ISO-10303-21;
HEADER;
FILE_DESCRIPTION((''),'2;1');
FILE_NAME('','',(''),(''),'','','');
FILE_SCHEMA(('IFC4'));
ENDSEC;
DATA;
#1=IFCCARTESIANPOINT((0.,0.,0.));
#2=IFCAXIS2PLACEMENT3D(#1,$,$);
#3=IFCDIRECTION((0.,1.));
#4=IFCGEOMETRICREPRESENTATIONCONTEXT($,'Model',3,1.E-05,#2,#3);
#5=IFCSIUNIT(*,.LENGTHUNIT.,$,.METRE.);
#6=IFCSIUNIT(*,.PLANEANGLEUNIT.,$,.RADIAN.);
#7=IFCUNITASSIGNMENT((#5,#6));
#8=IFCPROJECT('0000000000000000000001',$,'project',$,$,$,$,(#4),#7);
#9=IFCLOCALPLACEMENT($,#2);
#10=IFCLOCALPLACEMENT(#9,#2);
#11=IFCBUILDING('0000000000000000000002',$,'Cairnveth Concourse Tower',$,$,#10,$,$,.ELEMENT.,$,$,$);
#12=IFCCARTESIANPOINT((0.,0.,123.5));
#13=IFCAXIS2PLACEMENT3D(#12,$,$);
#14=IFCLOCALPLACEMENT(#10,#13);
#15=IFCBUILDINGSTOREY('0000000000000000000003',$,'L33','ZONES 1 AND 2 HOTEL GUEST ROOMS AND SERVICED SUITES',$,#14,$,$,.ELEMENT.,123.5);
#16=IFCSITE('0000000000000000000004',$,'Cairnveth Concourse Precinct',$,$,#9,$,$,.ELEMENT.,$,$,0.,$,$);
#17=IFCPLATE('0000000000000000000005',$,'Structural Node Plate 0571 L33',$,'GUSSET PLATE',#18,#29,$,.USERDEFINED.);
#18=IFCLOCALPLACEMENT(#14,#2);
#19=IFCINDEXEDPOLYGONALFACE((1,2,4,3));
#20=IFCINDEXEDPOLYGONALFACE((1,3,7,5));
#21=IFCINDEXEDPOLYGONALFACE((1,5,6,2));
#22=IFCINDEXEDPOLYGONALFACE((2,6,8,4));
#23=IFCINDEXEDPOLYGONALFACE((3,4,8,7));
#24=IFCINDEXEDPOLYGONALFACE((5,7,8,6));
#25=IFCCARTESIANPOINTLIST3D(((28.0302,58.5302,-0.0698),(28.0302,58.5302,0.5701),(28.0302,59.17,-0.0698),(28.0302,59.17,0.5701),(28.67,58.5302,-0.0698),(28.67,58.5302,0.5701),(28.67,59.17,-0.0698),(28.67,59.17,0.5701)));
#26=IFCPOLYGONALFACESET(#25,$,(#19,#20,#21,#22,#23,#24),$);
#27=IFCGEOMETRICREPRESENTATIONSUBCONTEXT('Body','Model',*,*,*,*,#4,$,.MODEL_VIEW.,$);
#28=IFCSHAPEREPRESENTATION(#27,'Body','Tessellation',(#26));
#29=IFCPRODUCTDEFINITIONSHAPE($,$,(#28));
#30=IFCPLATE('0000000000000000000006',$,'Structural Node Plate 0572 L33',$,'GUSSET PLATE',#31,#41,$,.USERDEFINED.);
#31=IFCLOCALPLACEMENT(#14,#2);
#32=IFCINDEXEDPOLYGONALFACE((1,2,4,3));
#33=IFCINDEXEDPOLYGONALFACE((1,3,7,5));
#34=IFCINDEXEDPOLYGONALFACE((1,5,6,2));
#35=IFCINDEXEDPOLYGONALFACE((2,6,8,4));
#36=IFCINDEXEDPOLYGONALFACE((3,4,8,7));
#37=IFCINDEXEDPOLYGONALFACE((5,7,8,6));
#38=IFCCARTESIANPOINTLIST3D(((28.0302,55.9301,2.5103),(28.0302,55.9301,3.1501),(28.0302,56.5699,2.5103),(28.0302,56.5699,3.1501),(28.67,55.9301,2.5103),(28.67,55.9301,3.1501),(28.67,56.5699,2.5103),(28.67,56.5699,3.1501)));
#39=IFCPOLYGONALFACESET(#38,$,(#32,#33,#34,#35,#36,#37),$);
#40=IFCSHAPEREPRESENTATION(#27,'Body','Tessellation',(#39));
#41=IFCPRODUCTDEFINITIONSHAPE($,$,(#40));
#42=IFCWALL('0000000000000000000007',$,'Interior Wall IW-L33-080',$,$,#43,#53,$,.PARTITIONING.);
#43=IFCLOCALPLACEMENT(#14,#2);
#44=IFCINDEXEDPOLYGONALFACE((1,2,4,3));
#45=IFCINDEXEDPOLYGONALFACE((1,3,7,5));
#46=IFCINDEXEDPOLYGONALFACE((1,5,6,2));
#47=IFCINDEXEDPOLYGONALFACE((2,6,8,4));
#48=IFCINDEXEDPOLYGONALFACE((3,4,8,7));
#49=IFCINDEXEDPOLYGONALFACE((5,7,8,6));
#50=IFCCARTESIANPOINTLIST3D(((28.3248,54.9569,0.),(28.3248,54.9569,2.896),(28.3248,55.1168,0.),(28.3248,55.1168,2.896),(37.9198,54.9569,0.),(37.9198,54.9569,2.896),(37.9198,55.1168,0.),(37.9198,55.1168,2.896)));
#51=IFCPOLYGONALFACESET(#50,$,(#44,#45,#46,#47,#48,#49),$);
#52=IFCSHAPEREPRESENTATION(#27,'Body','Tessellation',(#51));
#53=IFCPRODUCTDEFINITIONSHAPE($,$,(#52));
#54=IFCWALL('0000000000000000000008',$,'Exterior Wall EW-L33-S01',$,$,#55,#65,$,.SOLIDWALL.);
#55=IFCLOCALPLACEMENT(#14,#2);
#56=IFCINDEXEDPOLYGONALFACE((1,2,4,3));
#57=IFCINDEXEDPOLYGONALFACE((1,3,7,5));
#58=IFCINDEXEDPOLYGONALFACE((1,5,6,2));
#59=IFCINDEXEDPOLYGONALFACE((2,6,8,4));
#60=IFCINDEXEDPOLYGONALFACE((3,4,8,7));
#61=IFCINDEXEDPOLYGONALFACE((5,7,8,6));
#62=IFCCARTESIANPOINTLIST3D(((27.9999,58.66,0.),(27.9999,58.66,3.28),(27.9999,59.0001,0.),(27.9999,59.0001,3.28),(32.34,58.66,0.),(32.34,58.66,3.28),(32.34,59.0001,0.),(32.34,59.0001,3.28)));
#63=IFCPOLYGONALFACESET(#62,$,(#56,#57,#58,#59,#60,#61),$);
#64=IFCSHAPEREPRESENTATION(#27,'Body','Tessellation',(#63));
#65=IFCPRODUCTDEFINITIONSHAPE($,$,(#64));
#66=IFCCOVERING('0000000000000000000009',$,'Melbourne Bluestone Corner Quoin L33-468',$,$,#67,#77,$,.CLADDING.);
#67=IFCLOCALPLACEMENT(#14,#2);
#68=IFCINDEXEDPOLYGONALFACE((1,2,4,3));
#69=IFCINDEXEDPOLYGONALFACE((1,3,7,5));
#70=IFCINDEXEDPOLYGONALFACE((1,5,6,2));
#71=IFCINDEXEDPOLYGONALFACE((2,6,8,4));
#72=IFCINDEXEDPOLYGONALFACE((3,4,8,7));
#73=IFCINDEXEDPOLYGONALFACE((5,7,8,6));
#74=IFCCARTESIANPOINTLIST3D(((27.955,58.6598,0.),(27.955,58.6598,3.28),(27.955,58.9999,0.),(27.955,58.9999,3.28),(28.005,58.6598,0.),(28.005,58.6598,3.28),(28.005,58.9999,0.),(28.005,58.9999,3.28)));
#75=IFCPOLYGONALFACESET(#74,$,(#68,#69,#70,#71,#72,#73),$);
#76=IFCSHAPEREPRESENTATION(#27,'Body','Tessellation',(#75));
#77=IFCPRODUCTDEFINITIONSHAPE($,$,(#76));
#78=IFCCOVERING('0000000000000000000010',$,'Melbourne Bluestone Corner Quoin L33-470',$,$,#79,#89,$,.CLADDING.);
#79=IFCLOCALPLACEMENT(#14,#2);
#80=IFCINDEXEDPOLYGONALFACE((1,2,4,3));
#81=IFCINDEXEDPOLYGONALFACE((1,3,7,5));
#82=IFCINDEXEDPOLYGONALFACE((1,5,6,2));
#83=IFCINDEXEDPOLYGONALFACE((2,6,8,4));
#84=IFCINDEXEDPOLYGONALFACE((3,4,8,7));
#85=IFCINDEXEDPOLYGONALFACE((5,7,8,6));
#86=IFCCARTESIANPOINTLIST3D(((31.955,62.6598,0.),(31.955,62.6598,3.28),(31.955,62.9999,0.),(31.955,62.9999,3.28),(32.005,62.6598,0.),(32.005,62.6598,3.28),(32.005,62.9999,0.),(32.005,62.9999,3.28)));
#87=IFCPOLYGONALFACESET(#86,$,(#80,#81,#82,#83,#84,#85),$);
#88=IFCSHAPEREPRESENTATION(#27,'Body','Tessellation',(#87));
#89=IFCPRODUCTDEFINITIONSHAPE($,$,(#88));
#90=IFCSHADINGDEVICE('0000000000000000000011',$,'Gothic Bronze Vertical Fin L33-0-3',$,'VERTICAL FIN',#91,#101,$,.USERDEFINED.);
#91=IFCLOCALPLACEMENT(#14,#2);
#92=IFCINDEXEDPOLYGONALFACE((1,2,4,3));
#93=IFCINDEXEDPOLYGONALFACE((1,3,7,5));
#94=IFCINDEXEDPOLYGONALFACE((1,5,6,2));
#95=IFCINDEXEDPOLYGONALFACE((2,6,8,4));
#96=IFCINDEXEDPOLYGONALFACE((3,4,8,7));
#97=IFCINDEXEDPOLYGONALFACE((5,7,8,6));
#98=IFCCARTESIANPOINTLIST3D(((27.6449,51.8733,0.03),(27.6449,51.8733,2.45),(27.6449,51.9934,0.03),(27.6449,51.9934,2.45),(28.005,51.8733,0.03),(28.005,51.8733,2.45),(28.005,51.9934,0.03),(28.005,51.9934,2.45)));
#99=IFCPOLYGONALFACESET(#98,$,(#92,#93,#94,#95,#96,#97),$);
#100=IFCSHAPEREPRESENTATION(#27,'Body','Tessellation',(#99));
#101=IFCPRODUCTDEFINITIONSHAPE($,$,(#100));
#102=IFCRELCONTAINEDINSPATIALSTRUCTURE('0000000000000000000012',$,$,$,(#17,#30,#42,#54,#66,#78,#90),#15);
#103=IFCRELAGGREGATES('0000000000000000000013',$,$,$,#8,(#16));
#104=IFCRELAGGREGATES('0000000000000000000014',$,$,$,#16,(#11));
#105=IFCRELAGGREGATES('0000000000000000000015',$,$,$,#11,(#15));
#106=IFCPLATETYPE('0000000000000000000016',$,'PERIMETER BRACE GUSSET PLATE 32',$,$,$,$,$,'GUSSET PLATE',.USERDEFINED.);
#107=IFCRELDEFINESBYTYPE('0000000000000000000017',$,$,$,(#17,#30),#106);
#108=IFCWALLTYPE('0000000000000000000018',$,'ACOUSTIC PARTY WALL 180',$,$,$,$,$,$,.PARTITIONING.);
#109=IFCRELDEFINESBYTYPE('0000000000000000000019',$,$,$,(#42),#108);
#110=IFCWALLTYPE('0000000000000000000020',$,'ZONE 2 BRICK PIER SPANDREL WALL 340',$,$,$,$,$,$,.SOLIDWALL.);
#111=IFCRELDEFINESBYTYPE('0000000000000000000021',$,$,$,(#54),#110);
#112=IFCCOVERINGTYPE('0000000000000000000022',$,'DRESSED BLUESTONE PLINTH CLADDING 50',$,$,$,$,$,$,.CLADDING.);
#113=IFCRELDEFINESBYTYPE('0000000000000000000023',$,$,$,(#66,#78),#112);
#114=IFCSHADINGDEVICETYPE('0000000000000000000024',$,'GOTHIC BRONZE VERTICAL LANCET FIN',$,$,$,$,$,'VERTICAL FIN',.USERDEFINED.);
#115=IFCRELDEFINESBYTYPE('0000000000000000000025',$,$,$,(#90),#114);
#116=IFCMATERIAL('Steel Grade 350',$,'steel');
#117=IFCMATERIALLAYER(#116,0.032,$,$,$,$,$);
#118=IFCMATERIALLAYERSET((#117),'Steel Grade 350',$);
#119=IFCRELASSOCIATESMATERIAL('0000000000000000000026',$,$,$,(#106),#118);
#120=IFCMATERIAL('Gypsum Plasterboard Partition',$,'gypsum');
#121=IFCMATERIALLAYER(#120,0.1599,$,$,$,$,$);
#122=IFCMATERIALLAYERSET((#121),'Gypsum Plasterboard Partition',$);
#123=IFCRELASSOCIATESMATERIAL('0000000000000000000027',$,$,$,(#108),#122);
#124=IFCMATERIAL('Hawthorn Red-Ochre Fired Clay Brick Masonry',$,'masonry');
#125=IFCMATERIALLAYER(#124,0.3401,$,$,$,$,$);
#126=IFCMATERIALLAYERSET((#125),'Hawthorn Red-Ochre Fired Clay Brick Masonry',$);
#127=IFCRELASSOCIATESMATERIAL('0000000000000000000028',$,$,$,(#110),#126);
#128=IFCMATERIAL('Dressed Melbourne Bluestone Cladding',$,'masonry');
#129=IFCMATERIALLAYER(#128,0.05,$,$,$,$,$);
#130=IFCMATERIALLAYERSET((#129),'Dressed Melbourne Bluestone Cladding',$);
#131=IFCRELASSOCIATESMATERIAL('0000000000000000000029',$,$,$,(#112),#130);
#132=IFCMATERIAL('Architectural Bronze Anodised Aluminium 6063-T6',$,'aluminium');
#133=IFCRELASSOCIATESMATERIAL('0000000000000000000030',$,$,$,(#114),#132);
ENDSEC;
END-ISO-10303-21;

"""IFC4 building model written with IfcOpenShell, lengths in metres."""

from ifc_helpers import new_model, si_unit, direction, frame, frame_2d, origin, origin_2d, place, context, subcontext, project, spatial, rectangle, extrude, material, layer, layer_set, type_object, element, save


model = new_model("IFC4")

# Units and contexts
model_context = context("Model", 3, precision=1e-05, world=origin(), true_north=direction((0.0, 1.0)))
body_context = subcontext(model_context, "Body", "Model", "MODEL_VIEW")
ifc_project = project(units=[si_unit("LENGTHUNIT", "METRE"), si_unit("PLANEANGLEUNIT", "RADIAN")], contexts=[model_context])

# Site, building, storey
site_placement = place(None, origin())
site = spatial("IfcSite", under=ifc_project, at=site_placement, Name="Cairnveth Concourse Precinct", CompositionType="ELEMENT", RefElevation=0.0)
building_placement = place(site_placement, origin())
building = spatial("IfcBuilding", under=site, at=building_placement, Name="Cairnveth Concourse Tower", CompositionType="ELEMENT")
storey_placement = place(building_placement, frame((0.0, 0.0, 123.5)))
storey = spatial("IfcBuildingStorey", under=building, at=storey_placement, Name="L33", Description="ZONES 1 AND 2 HOTEL GUEST ROOMS AND SERVICED SUITES", CompositionType="ELEMENT", Elevation=123.5)

# Shared definitions
ifc_material_1 = material(Name="Steel Grade 350", Category="steel")

# Plates
ifc_layer_1 = layer(ifc_material_1, 0.032)
ifc_layer_set_1 = layer_set([ifc_layer_1], Name="Steel Grade 350")
plate_type = type_object("IfcPlateType", Name="PERIMETER BRACE GUSSET PLATE 32", ElementType="GUSSET PLATE", PredefinedType="USERDEFINED", material=ifc_layer_set_1)
for number, where, z_axis, x_axis, name in (
    (1, (28.3501, 58.8501, -0.0698), (0.0, 0.0, 1.0), (1.0, 0.0, 0.0), "Structural Node Plate 0571 L33"),
    (2, (28.3501, 56.25, 2.5103), (0.0, 0.0, 1.0), (1.0, 0.0, 0.0), "Structural Node Plate 0572 L33"),
):
    element("IfcPlate", number, at=place(storey_placement, frame(where, z_axis=z_axis, x_axis=x_axis)), inside=storey, type_object=plate_type, Name=name, ObjectType="GUSSET PLATE", PredefinedType="USERDEFINED", context=body_context, shape_type="SweptSolid", body=[
        extrude(rectangle(XDim=0.6399, YDim=0.6399, at=origin_2d()), origin(), (0.0, 0.0, 1.0), 0.6399),
    ])

# Walls
ifc_material_2 = material(Name="Gypsum Plasterboard Partition", Category="gypsum")
ifc_layer_2 = layer(ifc_material_2, 0.1599)
ifc_layer_set_2 = layer_set([ifc_layer_2], Name="Gypsum Plasterboard Partition")
wall_type_1 = type_object("IfcWallType", Name="ACOUSTIC PARTY WALL 180", PredefinedType="PARTITIONING", material=ifc_layer_set_2)
wall_1_placement = place(storey_placement, frame((28.325, 55.0369, 0.0), z_axis=(0.0, 0.0, 1.0), x_axis=(1.0, 0.0, 0.0)))
element("IfcWall", 3, at=wall_1_placement, inside=storey, type_object=wall_type_1, Name="Interior Wall IW-L33-080", PredefinedType="PARTITIONING", context=body_context, shape_type="SweptSolid", body=[
    extrude(rectangle(XDim=9.595, YDim=0.1599, at=frame_2d((4.7974, 0.0))), origin(), (0.0, 0.0, 1.0), 2.896),
])
ifc_material_3 = material(Name="Hawthorn Red-Ochre Fired Clay Brick Masonry", Category="masonry")
ifc_layer_3 = layer(ifc_material_3, 0.3401)
ifc_layer_set_3 = layer_set([ifc_layer_3], Name="Hawthorn Red-Ochre Fired Clay Brick Masonry")
wall_type_2 = type_object("IfcWallType", Name="ZONE 2 BRICK PIER SPANDREL WALL 340", PredefinedType="SOLIDWALL", material=ifc_layer_set_3)
wall_2_placement = place(storey_placement, frame((28.0, 58.8301, 0.0), z_axis=(0.0, 0.0, 1.0), x_axis=(1.0, 0.0, 0.0)))
element("IfcWall", 4, at=wall_2_placement, inside=storey, type_object=wall_type_2, Name="Exterior Wall EW-L33-S01", PredefinedType="SOLIDWALL", context=body_context, shape_type="SweptSolid", body=[
    extrude(rectangle(XDim=4.3401, YDim=0.3401, at=frame_2d((2.1699, 0.0))), origin(), (0.0, 0.0, 1.0), 3.28),
])

# Coverings
ifc_material_4 = material(Name="Dressed Melbourne Bluestone Cladding", Category="masonry")
ifc_layer_4 = layer(ifc_material_4, 0.05)
ifc_layer_set_4 = layer_set([ifc_layer_4], Name="Dressed Melbourne Bluestone Cladding")
covering_type = type_object("IfcCoveringType", Name="DRESSED BLUESTONE PLINTH CLADDING 50", PredefinedType="CLADDING", material=ifc_layer_set_4)
for number, where, z_axis, x_axis, name in (
    (5, (27.98, 58.6599, 0.0), (0.0, 0.0, 1.0), (0.0, 1.0, 0.0), "Melbourne Bluestone Corner Quoin L33-468"),
    (6, (31.98, 62.6599, 0.0), (0.0, 0.0, 1.0), (0.0, 1.0, 0.0), "Melbourne Bluestone Corner Quoin L33-470"),
):
    element("IfcCovering", number, at=place(storey_placement, frame(where, z_axis=z_axis, x_axis=x_axis)), inside=storey, type_object=covering_type, Name=name, PredefinedType="CLADDING", context=body_context, shape_type="SweptSolid", body=[
        extrude(rectangle(XDim=0.3401, YDim=0.05, at=frame_2d((0.1699, 0.0))), origin(), (0.0, 0.0, 1.0), 3.28),
    ])

# Shading device
ifc_material_5 = material(Name="Architectural Bronze Anodised Aluminium 6063-T6", Category="aluminium")
shading_device_type = type_object("IfcShadingDeviceType", Name="GOTHIC BRONZE VERTICAL LANCET FIN", ElementType="VERTICAL FIN", PredefinedType="USERDEFINED", material=ifc_material_5)
shading_device_placement = place(storey_placement, frame((27.825, 51.9333, 0.03), z_axis=(0.0, 0.0, 1.0), x_axis=(0.0, 1.0, 0.0)))
element("IfcShadingDevice", 7, at=shading_device_placement, inside=storey, type_object=shading_device_type, Name="Gothic Bronze Vertical Fin L33-0-3", ObjectType="VERTICAL FIN", PredefinedType="USERDEFINED", context=body_context, shape_type="SweptSolid", body=[
    extrude(rectangle(XDim=0.1201, YDim=0.3601, at=origin_2d()), origin(), (0.0, 0.0, 1.0), 2.4199),
])

save(model, "model.ifc")
